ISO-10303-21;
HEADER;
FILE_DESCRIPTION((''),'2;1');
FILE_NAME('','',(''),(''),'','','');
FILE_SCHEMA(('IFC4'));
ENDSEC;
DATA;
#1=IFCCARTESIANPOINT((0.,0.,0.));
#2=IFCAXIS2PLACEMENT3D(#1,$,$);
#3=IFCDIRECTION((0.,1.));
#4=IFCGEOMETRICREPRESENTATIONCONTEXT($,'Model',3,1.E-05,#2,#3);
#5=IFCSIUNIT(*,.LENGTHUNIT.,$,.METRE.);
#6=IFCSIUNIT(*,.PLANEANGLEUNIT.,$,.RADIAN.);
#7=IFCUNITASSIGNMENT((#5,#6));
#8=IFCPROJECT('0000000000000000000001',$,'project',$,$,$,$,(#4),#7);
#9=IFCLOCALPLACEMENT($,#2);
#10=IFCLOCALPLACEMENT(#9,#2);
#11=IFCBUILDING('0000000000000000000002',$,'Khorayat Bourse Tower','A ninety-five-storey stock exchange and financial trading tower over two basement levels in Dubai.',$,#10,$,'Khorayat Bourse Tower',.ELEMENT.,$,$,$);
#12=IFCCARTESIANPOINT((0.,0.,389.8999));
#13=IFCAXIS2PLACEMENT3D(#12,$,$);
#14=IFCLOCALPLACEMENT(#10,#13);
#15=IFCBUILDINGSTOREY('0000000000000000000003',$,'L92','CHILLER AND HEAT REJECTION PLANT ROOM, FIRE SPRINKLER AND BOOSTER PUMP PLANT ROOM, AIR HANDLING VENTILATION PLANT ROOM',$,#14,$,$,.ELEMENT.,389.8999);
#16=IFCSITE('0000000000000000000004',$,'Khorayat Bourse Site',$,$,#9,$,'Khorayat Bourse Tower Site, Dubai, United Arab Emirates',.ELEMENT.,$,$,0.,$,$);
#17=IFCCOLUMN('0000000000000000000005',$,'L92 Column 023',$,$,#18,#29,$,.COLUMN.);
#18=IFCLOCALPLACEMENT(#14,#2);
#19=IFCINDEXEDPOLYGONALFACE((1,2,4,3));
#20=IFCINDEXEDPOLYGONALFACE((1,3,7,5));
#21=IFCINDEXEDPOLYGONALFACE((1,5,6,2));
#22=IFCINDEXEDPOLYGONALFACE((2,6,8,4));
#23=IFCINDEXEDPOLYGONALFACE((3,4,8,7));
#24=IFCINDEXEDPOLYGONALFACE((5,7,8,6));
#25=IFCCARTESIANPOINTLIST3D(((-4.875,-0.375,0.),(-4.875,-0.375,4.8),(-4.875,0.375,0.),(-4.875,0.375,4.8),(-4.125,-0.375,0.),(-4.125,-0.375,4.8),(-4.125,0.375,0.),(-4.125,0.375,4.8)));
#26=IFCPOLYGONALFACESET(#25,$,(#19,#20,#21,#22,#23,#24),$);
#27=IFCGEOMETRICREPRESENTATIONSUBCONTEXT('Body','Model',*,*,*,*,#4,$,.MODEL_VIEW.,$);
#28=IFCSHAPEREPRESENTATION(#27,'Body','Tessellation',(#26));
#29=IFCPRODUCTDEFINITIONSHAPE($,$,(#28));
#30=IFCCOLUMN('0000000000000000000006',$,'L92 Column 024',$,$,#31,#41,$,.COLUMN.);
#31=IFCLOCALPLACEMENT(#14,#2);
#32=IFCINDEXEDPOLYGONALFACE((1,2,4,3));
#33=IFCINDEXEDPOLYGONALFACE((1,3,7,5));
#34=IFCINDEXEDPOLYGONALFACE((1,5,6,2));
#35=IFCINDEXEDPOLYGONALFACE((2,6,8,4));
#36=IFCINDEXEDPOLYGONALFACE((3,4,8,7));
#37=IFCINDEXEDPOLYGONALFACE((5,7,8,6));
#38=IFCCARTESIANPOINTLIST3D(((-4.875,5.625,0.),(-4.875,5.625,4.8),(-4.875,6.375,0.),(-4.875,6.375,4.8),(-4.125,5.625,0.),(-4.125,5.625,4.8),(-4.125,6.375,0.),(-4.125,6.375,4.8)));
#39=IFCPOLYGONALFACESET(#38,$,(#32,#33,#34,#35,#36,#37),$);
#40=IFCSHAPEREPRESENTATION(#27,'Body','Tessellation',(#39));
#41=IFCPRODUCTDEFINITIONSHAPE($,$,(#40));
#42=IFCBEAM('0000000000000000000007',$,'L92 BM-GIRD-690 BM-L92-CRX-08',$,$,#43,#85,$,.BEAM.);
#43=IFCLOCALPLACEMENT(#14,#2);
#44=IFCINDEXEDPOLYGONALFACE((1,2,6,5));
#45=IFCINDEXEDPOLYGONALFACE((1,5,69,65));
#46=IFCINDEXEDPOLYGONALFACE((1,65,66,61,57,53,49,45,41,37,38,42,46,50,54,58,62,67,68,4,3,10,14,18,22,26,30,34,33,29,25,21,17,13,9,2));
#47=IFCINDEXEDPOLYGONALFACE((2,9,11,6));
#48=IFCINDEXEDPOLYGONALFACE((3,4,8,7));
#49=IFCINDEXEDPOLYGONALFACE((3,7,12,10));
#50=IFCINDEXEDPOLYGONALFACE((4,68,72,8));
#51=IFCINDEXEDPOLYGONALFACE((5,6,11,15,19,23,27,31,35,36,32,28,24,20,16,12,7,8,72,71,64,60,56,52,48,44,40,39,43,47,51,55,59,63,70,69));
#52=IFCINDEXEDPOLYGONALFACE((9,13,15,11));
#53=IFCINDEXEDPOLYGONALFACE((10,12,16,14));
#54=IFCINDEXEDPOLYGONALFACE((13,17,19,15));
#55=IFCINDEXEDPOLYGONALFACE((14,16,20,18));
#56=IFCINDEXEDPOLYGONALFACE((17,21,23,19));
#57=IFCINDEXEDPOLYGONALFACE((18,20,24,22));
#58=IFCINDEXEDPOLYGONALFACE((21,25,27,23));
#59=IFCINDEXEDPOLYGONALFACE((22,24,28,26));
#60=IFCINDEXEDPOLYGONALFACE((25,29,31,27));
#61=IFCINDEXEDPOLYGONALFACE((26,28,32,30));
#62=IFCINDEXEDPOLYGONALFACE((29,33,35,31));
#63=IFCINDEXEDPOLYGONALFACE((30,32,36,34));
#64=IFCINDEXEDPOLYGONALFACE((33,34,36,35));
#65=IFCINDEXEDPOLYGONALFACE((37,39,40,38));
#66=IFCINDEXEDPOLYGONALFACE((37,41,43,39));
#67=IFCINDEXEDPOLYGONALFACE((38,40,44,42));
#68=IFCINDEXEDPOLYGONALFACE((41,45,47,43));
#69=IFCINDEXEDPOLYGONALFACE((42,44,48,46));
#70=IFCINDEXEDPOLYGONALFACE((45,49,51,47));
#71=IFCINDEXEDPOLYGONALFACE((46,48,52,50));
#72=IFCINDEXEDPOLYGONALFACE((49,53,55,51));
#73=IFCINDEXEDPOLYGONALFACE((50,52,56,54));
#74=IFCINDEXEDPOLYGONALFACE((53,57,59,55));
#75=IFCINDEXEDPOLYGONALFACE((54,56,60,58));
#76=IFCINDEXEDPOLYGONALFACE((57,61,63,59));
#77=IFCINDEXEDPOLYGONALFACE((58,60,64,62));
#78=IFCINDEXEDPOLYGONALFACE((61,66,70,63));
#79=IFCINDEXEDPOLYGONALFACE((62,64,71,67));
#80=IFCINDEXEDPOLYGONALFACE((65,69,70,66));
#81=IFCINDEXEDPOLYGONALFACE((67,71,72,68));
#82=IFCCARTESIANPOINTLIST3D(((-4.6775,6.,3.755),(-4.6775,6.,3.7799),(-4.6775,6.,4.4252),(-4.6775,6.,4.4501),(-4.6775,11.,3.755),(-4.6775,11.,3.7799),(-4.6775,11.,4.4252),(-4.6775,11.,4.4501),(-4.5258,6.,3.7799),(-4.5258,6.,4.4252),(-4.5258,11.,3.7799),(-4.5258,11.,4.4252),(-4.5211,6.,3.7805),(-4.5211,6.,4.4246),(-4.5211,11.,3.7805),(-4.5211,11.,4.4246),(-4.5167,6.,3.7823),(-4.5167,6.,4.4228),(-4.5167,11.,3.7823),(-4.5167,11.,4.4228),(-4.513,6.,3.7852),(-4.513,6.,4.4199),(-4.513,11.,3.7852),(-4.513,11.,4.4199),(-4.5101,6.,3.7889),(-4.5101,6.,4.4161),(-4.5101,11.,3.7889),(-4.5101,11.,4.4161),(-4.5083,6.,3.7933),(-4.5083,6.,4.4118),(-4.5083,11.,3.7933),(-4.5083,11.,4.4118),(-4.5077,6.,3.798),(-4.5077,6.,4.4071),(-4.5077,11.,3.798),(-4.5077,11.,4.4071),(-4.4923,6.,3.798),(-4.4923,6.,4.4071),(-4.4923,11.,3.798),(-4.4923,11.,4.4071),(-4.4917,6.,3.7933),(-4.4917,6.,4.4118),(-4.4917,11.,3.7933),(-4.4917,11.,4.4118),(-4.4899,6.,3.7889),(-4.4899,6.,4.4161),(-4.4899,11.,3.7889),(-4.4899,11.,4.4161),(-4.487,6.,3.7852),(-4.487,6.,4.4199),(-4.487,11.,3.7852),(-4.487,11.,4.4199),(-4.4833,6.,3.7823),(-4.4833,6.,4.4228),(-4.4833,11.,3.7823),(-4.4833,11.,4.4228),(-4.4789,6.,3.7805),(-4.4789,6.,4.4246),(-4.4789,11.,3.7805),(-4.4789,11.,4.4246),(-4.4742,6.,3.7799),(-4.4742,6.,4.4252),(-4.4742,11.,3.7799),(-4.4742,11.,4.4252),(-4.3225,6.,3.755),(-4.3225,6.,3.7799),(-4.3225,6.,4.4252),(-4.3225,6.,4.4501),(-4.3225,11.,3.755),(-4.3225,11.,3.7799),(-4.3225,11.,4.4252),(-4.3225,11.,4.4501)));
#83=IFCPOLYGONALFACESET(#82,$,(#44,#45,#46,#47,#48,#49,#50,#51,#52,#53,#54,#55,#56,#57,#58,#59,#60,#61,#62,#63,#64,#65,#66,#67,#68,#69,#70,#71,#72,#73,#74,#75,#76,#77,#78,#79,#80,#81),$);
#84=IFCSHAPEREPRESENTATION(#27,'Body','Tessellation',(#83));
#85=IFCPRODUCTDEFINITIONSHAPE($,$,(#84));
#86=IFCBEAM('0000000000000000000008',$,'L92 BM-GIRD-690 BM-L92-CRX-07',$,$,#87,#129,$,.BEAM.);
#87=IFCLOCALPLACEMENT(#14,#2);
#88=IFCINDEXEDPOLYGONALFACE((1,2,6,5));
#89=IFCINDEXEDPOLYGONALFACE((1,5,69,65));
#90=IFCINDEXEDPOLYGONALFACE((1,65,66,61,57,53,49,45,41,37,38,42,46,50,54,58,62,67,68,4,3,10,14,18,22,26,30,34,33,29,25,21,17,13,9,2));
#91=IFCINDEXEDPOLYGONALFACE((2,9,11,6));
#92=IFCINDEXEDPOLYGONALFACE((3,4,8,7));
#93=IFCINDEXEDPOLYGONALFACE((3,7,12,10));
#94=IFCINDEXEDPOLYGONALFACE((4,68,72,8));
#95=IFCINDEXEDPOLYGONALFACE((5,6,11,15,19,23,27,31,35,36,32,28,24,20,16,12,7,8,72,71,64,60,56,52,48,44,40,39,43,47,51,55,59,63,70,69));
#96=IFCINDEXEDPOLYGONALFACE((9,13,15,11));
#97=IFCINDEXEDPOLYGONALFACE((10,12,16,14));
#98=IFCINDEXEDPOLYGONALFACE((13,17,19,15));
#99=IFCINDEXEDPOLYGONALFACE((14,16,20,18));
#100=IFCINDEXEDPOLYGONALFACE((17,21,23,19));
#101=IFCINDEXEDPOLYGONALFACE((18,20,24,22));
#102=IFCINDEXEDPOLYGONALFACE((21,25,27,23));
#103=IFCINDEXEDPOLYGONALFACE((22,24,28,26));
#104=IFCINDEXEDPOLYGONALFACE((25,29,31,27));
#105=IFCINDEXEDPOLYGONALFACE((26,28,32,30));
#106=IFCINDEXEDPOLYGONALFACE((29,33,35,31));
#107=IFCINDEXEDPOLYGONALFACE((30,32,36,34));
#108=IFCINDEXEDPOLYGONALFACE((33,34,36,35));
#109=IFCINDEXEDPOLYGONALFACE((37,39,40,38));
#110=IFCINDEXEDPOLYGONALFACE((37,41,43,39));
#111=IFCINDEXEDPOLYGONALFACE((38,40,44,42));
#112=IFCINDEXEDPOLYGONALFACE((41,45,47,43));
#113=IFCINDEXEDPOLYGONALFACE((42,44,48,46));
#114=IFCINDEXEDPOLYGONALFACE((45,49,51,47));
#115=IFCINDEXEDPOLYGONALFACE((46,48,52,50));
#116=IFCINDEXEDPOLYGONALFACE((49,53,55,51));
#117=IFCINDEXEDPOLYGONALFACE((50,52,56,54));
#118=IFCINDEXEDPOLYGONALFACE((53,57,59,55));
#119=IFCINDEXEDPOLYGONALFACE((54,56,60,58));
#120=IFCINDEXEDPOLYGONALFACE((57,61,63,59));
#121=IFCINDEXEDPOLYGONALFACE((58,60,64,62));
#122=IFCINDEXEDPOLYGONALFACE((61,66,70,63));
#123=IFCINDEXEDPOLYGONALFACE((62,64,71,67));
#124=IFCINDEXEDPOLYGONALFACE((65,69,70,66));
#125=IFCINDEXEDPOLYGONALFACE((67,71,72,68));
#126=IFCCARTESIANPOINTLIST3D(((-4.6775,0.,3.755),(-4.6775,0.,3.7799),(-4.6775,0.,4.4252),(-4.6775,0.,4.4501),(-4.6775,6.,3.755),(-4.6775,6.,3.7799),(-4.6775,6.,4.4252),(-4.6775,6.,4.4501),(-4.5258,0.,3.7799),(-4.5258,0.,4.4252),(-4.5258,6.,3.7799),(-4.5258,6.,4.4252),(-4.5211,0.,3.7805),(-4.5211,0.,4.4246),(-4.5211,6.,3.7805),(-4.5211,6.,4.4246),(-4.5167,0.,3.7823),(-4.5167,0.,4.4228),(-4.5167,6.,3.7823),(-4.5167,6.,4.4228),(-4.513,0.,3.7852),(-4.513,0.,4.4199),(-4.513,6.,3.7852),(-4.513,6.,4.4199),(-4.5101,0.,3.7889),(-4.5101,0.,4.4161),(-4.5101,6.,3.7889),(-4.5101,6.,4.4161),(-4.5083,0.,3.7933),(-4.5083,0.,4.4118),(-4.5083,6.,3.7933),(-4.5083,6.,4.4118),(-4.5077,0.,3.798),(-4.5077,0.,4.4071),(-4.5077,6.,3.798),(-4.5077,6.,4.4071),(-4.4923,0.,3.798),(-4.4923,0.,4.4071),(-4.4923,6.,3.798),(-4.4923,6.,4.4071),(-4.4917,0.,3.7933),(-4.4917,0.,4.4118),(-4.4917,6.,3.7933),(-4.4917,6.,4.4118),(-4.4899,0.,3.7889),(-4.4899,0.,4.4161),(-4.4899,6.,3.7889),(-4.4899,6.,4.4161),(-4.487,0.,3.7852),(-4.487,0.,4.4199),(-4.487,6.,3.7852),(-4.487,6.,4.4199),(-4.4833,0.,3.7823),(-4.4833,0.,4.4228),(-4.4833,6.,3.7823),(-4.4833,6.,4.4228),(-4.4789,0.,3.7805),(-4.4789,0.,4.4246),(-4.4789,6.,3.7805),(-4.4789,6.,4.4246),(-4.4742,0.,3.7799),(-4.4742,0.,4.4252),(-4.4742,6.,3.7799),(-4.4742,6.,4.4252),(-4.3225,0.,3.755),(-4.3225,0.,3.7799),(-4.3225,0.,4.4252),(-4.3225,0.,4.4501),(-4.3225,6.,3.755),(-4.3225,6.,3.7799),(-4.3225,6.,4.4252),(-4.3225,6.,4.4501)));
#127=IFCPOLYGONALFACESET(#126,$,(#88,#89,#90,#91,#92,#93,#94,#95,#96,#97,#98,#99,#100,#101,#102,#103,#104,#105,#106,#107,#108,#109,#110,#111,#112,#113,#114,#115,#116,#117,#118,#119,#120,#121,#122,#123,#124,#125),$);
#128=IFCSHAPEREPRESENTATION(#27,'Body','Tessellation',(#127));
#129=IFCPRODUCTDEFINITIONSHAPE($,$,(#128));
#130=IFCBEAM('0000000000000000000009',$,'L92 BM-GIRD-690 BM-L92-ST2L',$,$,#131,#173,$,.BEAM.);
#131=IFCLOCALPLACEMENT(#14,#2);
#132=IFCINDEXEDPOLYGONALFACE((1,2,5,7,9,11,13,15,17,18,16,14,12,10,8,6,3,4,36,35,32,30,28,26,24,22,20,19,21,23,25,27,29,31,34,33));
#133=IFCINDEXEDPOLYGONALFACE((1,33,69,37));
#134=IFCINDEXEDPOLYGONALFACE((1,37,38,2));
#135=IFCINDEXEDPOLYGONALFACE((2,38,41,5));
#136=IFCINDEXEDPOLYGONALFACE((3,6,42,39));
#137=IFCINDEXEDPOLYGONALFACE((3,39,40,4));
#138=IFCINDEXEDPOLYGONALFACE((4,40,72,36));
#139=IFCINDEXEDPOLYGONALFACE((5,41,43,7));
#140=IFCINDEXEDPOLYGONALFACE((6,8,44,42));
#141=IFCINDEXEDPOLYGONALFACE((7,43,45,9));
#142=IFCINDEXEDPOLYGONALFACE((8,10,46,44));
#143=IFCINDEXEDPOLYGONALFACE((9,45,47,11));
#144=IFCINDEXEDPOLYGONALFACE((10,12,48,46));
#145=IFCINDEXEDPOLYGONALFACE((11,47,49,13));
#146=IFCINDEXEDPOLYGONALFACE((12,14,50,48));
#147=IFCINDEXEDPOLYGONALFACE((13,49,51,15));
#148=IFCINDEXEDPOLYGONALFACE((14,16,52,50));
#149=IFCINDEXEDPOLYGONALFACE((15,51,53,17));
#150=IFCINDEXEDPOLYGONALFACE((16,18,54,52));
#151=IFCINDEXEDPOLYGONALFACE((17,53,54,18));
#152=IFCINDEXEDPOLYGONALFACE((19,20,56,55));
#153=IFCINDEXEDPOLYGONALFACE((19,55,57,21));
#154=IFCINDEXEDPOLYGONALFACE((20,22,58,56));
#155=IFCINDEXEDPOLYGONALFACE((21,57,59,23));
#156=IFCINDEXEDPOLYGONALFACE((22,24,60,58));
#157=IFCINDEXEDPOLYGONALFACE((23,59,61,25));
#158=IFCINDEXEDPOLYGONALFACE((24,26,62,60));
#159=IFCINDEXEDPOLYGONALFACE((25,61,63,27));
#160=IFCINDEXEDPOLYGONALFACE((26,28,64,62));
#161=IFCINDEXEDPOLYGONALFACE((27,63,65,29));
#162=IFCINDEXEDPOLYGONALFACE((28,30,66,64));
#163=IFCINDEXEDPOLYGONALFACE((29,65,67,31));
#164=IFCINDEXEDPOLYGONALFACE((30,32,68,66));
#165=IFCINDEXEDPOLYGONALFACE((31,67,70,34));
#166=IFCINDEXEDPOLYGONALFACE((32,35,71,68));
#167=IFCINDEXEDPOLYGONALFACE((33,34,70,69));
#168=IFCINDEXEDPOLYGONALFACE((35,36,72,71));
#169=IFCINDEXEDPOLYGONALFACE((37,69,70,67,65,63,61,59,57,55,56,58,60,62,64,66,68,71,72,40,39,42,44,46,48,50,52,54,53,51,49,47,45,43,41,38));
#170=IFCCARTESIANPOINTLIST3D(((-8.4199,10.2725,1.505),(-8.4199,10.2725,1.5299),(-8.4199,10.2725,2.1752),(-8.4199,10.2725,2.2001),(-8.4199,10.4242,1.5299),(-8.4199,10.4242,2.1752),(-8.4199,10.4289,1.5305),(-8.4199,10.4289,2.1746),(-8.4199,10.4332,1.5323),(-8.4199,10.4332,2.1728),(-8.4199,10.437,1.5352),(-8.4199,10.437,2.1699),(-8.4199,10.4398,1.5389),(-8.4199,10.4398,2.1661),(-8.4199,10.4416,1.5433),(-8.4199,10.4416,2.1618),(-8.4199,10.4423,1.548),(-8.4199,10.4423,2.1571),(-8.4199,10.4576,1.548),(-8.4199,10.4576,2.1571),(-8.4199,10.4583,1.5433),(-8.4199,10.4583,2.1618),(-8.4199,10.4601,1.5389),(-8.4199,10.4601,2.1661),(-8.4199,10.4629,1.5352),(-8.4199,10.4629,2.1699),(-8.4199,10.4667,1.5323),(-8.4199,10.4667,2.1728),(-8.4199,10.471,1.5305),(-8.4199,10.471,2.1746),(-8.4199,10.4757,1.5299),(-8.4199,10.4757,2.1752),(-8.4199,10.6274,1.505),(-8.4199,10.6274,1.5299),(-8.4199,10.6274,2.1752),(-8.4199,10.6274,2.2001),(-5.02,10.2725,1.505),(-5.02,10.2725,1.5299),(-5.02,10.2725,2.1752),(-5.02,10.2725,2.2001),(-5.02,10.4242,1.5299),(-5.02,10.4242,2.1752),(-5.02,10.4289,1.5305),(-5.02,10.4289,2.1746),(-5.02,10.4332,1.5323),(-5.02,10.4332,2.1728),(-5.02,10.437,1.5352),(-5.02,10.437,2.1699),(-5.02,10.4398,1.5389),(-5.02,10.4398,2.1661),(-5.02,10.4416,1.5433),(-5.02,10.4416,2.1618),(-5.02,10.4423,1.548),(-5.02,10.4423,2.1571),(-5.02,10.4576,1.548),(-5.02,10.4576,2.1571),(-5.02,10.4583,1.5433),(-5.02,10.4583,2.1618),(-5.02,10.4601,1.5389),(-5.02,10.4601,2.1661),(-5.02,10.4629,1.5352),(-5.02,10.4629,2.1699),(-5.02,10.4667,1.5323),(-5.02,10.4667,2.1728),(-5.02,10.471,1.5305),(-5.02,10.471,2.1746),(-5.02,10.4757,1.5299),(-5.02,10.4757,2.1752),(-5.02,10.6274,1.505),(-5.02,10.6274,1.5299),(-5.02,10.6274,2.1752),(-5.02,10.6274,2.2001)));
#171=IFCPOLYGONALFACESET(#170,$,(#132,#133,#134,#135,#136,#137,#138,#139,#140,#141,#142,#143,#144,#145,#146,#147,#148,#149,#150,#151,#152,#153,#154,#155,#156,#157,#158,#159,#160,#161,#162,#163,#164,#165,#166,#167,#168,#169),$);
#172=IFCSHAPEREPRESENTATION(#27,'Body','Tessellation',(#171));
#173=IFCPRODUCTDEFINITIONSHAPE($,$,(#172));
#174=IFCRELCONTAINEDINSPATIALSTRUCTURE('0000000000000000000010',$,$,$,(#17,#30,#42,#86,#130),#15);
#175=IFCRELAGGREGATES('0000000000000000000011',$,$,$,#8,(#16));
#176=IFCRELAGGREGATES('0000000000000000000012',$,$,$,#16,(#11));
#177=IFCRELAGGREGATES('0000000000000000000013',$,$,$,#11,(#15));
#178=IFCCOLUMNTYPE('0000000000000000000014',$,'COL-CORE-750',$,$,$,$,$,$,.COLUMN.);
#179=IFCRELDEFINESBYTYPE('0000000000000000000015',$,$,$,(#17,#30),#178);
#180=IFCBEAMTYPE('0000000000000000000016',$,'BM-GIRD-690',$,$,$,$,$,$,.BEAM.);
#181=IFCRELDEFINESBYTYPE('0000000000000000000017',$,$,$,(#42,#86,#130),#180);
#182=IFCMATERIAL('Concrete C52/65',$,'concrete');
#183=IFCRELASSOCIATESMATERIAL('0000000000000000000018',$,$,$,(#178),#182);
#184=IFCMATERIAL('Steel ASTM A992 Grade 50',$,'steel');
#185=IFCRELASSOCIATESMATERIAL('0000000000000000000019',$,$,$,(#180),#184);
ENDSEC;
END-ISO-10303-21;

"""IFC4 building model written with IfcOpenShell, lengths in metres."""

from ifc_helpers import new_model, si_unit, direction, frame, origin, origin_2d, place, context, subcontext, project, spatial, rectangle, i_section, extrude, source, transform, mapped, material, material_profile, profile_set, type_object, element, save


model = new_model("IFC4")

# Units and contexts
model_context = context("Model", 3, precision=1e-05, world=origin(), true_north=direction((0.0, 1.0)))
body_context = subcontext(model_context, "Body", "Model", "MODEL_VIEW")
ifc_project = project(units=[si_unit("LENGTHUNIT", "METRE"), si_unit("PLANEANGLEUNIT", "RADIAN")], contexts=[model_context])

# Site, building, storey
site_placement = place(None, origin())
site = spatial("IfcSite", under=ifc_project, at=site_placement, Name="Khorayat Bourse Site", LongName="Khorayat Bourse Tower Site, Dubai, United Arab Emirates", CompositionType="ELEMENT", RefElevation=0.0)
building_placement = place(site_placement, origin())
building = spatial("IfcBuilding", under=site, at=building_placement, Name="Khorayat Bourse Tower", Description="A ninety-five-storey stock exchange and financial trading tower over two basement levels in Dubai.", LongName="Khorayat Bourse Tower", CompositionType="ELEMENT")
storey_placement = place(building_placement, frame((0.0, 0.0, 389.8999)))
storey = spatial("IfcBuildingStorey", under=building, at=storey_placement, Name="L92", Description="CHILLER AND HEAT REJECTION PLANT ROOM, FIRE SPRINKLER AND BOOSTER PUMP PLANT ROOM, AIR HANDLING VENTILATION PLANT ROOM", CompositionType="ELEMENT", Elevation=389.8999)

# Columns
ifc_material_1 = material(Name="Concrete C52/65", Category="concrete")
ifc_material_profile_1 = material_profile(ifc_material_1, rectangle(XDim=0.75, YDim=0.75, at=origin_2d()), Name="RC 750x750")
ifc_profile_set_1 = profile_set([ifc_material_profile_1], Name="Concrete C52/65")
column_type = type_object("IfcColumnType", Name="COL-CORE-750", PredefinedType="COLUMN", material=ifc_profile_set_1)
shared_shape_1 = source(origin(), body_context, "Body", "SweptSolid", [
    extrude(rectangle(XDim=0.75, YDim=0.75, at=origin_2d()), origin(), (0.0, 0.0, 1.0), 4.8),
])
for number, where, z_axis, x_axis, name in (
    (1, (-4.5, 0.0, 0.0), (0.0, 0.0, 1.0), (1.0, 0.0, 0.0), "L92 Column 023"),
    (2, (-4.5, 6.0, 0.0), (0.0, 0.0, 1.0), (1.0, 0.0, 0.0), "L92 Column 024"),
):
    element("IfcColumn", number, at=place(storey_placement, frame(where, z_axis=z_axis, x_axis=x_axis)), inside=storey, type_object=column_type, Name=name, PredefinedType="COLUMN", context=body_context, shape_type="MappedRepresentation", body=[
        mapped(shared_shape_1, transform((0.0, 0.0, 0.0), scale=1.0)),
    ])

# Beams
ifc_material_2 = material(Name="Steel ASTM A992 Grade 50", Category="steel")
ifc_material_profile_2 = material_profile(ifc_material_2, i_section(OverallWidth=0.355, OverallDepth=0.6951, WebThickness=0.0154, FlangeThickness=0.0249, FilletRadius=0.0181, at=origin_2d()), Name="W690X217")
ifc_profile_set_2 = profile_set([ifc_material_profile_2], Name="Steel ASTM A992 Grade 50")
beam_type = type_object("IfcBeamType", Name="BM-GIRD-690", PredefinedType="BEAM", material=ifc_profile_set_2)
shared_shape_2 = source(origin(), body_context, "Body", "SweptSolid", [
    extrude(i_section(OverallWidth=0.355, OverallDepth=0.6951, WebThickness=0.0154, FlangeThickness=0.0249, FilletRadius=0.0181, at=origin_2d()), origin(), (0.0, 0.0, 1.0), 5.0),
])
beam_1_placement = place(storey_placement, frame((-4.5, 6.0, 4.1025), z_axis=(0.0, 1.0, 0.0), x_axis=(-1.0, 0.0, 0.0)))
element("IfcBeam", 3, at=beam_1_placement, inside=storey, type_object=beam_type, Name="L92 BM-GIRD-690 BM-L92-CRX-08", PredefinedType="BEAM", context=body_context, shape_type="MappedRepresentation", body=[
    mapped(shared_shape_2, transform((0.0, 0.0, 0.0), scale=1.0)),
])
shared_shape_3 = source(origin(), body_context, "Body", "SweptSolid", [
    extrude(i_section(OverallWidth=0.355, OverallDepth=0.6951, WebThickness=0.0154, FlangeThickness=0.0249, FilletRadius=0.0181, at=origin_2d()), origin(), (0.0, 0.0, 1.0), 6.0),
])
beam_2_placement = place(storey_placement, frame((-4.5, 0.0, 4.1025), z_axis=(0.0, 1.0, 0.0), x_axis=(-1.0, 0.0, 0.0)))
element("IfcBeam", 4, at=beam_2_placement, inside=storey, type_object=beam_type, Name="L92 BM-GIRD-690 BM-L92-CRX-07", PredefinedType="BEAM", context=body_context, shape_type="MappedRepresentation", body=[
    mapped(shared_shape_3, transform((0.0, 0.0, 0.0), scale=1.0)),
])
shared_shape_4 = source(origin(), body_context, "Body", "SweptSolid", [
    extrude(i_section(OverallWidth=0.355, OverallDepth=0.6951, WebThickness=0.0154, FlangeThickness=0.0249, FilletRadius=0.0181, at=origin_2d()), origin(), (0.0, 0.0, 1.0), 3.3999),
])
beam_3_placement = place(storey_placement, frame((-8.4199, 10.45, 1.8525), z_axis=(1.0, 0.0, 0.0), x_axis=(0.0, 1.0, 0.0)))
element("IfcBeam", 5, at=beam_3_placement, inside=storey, type_object=beam_type, Name="L92 BM-GIRD-690 BM-L92-ST2L", PredefinedType="BEAM", context=body_context, shape_type="MappedRepresentation", body=[
    mapped(shared_shape_4, transform((0.0, 0.0, 0.0), scale=1.0)),
])

save(model, "model.ifc")
